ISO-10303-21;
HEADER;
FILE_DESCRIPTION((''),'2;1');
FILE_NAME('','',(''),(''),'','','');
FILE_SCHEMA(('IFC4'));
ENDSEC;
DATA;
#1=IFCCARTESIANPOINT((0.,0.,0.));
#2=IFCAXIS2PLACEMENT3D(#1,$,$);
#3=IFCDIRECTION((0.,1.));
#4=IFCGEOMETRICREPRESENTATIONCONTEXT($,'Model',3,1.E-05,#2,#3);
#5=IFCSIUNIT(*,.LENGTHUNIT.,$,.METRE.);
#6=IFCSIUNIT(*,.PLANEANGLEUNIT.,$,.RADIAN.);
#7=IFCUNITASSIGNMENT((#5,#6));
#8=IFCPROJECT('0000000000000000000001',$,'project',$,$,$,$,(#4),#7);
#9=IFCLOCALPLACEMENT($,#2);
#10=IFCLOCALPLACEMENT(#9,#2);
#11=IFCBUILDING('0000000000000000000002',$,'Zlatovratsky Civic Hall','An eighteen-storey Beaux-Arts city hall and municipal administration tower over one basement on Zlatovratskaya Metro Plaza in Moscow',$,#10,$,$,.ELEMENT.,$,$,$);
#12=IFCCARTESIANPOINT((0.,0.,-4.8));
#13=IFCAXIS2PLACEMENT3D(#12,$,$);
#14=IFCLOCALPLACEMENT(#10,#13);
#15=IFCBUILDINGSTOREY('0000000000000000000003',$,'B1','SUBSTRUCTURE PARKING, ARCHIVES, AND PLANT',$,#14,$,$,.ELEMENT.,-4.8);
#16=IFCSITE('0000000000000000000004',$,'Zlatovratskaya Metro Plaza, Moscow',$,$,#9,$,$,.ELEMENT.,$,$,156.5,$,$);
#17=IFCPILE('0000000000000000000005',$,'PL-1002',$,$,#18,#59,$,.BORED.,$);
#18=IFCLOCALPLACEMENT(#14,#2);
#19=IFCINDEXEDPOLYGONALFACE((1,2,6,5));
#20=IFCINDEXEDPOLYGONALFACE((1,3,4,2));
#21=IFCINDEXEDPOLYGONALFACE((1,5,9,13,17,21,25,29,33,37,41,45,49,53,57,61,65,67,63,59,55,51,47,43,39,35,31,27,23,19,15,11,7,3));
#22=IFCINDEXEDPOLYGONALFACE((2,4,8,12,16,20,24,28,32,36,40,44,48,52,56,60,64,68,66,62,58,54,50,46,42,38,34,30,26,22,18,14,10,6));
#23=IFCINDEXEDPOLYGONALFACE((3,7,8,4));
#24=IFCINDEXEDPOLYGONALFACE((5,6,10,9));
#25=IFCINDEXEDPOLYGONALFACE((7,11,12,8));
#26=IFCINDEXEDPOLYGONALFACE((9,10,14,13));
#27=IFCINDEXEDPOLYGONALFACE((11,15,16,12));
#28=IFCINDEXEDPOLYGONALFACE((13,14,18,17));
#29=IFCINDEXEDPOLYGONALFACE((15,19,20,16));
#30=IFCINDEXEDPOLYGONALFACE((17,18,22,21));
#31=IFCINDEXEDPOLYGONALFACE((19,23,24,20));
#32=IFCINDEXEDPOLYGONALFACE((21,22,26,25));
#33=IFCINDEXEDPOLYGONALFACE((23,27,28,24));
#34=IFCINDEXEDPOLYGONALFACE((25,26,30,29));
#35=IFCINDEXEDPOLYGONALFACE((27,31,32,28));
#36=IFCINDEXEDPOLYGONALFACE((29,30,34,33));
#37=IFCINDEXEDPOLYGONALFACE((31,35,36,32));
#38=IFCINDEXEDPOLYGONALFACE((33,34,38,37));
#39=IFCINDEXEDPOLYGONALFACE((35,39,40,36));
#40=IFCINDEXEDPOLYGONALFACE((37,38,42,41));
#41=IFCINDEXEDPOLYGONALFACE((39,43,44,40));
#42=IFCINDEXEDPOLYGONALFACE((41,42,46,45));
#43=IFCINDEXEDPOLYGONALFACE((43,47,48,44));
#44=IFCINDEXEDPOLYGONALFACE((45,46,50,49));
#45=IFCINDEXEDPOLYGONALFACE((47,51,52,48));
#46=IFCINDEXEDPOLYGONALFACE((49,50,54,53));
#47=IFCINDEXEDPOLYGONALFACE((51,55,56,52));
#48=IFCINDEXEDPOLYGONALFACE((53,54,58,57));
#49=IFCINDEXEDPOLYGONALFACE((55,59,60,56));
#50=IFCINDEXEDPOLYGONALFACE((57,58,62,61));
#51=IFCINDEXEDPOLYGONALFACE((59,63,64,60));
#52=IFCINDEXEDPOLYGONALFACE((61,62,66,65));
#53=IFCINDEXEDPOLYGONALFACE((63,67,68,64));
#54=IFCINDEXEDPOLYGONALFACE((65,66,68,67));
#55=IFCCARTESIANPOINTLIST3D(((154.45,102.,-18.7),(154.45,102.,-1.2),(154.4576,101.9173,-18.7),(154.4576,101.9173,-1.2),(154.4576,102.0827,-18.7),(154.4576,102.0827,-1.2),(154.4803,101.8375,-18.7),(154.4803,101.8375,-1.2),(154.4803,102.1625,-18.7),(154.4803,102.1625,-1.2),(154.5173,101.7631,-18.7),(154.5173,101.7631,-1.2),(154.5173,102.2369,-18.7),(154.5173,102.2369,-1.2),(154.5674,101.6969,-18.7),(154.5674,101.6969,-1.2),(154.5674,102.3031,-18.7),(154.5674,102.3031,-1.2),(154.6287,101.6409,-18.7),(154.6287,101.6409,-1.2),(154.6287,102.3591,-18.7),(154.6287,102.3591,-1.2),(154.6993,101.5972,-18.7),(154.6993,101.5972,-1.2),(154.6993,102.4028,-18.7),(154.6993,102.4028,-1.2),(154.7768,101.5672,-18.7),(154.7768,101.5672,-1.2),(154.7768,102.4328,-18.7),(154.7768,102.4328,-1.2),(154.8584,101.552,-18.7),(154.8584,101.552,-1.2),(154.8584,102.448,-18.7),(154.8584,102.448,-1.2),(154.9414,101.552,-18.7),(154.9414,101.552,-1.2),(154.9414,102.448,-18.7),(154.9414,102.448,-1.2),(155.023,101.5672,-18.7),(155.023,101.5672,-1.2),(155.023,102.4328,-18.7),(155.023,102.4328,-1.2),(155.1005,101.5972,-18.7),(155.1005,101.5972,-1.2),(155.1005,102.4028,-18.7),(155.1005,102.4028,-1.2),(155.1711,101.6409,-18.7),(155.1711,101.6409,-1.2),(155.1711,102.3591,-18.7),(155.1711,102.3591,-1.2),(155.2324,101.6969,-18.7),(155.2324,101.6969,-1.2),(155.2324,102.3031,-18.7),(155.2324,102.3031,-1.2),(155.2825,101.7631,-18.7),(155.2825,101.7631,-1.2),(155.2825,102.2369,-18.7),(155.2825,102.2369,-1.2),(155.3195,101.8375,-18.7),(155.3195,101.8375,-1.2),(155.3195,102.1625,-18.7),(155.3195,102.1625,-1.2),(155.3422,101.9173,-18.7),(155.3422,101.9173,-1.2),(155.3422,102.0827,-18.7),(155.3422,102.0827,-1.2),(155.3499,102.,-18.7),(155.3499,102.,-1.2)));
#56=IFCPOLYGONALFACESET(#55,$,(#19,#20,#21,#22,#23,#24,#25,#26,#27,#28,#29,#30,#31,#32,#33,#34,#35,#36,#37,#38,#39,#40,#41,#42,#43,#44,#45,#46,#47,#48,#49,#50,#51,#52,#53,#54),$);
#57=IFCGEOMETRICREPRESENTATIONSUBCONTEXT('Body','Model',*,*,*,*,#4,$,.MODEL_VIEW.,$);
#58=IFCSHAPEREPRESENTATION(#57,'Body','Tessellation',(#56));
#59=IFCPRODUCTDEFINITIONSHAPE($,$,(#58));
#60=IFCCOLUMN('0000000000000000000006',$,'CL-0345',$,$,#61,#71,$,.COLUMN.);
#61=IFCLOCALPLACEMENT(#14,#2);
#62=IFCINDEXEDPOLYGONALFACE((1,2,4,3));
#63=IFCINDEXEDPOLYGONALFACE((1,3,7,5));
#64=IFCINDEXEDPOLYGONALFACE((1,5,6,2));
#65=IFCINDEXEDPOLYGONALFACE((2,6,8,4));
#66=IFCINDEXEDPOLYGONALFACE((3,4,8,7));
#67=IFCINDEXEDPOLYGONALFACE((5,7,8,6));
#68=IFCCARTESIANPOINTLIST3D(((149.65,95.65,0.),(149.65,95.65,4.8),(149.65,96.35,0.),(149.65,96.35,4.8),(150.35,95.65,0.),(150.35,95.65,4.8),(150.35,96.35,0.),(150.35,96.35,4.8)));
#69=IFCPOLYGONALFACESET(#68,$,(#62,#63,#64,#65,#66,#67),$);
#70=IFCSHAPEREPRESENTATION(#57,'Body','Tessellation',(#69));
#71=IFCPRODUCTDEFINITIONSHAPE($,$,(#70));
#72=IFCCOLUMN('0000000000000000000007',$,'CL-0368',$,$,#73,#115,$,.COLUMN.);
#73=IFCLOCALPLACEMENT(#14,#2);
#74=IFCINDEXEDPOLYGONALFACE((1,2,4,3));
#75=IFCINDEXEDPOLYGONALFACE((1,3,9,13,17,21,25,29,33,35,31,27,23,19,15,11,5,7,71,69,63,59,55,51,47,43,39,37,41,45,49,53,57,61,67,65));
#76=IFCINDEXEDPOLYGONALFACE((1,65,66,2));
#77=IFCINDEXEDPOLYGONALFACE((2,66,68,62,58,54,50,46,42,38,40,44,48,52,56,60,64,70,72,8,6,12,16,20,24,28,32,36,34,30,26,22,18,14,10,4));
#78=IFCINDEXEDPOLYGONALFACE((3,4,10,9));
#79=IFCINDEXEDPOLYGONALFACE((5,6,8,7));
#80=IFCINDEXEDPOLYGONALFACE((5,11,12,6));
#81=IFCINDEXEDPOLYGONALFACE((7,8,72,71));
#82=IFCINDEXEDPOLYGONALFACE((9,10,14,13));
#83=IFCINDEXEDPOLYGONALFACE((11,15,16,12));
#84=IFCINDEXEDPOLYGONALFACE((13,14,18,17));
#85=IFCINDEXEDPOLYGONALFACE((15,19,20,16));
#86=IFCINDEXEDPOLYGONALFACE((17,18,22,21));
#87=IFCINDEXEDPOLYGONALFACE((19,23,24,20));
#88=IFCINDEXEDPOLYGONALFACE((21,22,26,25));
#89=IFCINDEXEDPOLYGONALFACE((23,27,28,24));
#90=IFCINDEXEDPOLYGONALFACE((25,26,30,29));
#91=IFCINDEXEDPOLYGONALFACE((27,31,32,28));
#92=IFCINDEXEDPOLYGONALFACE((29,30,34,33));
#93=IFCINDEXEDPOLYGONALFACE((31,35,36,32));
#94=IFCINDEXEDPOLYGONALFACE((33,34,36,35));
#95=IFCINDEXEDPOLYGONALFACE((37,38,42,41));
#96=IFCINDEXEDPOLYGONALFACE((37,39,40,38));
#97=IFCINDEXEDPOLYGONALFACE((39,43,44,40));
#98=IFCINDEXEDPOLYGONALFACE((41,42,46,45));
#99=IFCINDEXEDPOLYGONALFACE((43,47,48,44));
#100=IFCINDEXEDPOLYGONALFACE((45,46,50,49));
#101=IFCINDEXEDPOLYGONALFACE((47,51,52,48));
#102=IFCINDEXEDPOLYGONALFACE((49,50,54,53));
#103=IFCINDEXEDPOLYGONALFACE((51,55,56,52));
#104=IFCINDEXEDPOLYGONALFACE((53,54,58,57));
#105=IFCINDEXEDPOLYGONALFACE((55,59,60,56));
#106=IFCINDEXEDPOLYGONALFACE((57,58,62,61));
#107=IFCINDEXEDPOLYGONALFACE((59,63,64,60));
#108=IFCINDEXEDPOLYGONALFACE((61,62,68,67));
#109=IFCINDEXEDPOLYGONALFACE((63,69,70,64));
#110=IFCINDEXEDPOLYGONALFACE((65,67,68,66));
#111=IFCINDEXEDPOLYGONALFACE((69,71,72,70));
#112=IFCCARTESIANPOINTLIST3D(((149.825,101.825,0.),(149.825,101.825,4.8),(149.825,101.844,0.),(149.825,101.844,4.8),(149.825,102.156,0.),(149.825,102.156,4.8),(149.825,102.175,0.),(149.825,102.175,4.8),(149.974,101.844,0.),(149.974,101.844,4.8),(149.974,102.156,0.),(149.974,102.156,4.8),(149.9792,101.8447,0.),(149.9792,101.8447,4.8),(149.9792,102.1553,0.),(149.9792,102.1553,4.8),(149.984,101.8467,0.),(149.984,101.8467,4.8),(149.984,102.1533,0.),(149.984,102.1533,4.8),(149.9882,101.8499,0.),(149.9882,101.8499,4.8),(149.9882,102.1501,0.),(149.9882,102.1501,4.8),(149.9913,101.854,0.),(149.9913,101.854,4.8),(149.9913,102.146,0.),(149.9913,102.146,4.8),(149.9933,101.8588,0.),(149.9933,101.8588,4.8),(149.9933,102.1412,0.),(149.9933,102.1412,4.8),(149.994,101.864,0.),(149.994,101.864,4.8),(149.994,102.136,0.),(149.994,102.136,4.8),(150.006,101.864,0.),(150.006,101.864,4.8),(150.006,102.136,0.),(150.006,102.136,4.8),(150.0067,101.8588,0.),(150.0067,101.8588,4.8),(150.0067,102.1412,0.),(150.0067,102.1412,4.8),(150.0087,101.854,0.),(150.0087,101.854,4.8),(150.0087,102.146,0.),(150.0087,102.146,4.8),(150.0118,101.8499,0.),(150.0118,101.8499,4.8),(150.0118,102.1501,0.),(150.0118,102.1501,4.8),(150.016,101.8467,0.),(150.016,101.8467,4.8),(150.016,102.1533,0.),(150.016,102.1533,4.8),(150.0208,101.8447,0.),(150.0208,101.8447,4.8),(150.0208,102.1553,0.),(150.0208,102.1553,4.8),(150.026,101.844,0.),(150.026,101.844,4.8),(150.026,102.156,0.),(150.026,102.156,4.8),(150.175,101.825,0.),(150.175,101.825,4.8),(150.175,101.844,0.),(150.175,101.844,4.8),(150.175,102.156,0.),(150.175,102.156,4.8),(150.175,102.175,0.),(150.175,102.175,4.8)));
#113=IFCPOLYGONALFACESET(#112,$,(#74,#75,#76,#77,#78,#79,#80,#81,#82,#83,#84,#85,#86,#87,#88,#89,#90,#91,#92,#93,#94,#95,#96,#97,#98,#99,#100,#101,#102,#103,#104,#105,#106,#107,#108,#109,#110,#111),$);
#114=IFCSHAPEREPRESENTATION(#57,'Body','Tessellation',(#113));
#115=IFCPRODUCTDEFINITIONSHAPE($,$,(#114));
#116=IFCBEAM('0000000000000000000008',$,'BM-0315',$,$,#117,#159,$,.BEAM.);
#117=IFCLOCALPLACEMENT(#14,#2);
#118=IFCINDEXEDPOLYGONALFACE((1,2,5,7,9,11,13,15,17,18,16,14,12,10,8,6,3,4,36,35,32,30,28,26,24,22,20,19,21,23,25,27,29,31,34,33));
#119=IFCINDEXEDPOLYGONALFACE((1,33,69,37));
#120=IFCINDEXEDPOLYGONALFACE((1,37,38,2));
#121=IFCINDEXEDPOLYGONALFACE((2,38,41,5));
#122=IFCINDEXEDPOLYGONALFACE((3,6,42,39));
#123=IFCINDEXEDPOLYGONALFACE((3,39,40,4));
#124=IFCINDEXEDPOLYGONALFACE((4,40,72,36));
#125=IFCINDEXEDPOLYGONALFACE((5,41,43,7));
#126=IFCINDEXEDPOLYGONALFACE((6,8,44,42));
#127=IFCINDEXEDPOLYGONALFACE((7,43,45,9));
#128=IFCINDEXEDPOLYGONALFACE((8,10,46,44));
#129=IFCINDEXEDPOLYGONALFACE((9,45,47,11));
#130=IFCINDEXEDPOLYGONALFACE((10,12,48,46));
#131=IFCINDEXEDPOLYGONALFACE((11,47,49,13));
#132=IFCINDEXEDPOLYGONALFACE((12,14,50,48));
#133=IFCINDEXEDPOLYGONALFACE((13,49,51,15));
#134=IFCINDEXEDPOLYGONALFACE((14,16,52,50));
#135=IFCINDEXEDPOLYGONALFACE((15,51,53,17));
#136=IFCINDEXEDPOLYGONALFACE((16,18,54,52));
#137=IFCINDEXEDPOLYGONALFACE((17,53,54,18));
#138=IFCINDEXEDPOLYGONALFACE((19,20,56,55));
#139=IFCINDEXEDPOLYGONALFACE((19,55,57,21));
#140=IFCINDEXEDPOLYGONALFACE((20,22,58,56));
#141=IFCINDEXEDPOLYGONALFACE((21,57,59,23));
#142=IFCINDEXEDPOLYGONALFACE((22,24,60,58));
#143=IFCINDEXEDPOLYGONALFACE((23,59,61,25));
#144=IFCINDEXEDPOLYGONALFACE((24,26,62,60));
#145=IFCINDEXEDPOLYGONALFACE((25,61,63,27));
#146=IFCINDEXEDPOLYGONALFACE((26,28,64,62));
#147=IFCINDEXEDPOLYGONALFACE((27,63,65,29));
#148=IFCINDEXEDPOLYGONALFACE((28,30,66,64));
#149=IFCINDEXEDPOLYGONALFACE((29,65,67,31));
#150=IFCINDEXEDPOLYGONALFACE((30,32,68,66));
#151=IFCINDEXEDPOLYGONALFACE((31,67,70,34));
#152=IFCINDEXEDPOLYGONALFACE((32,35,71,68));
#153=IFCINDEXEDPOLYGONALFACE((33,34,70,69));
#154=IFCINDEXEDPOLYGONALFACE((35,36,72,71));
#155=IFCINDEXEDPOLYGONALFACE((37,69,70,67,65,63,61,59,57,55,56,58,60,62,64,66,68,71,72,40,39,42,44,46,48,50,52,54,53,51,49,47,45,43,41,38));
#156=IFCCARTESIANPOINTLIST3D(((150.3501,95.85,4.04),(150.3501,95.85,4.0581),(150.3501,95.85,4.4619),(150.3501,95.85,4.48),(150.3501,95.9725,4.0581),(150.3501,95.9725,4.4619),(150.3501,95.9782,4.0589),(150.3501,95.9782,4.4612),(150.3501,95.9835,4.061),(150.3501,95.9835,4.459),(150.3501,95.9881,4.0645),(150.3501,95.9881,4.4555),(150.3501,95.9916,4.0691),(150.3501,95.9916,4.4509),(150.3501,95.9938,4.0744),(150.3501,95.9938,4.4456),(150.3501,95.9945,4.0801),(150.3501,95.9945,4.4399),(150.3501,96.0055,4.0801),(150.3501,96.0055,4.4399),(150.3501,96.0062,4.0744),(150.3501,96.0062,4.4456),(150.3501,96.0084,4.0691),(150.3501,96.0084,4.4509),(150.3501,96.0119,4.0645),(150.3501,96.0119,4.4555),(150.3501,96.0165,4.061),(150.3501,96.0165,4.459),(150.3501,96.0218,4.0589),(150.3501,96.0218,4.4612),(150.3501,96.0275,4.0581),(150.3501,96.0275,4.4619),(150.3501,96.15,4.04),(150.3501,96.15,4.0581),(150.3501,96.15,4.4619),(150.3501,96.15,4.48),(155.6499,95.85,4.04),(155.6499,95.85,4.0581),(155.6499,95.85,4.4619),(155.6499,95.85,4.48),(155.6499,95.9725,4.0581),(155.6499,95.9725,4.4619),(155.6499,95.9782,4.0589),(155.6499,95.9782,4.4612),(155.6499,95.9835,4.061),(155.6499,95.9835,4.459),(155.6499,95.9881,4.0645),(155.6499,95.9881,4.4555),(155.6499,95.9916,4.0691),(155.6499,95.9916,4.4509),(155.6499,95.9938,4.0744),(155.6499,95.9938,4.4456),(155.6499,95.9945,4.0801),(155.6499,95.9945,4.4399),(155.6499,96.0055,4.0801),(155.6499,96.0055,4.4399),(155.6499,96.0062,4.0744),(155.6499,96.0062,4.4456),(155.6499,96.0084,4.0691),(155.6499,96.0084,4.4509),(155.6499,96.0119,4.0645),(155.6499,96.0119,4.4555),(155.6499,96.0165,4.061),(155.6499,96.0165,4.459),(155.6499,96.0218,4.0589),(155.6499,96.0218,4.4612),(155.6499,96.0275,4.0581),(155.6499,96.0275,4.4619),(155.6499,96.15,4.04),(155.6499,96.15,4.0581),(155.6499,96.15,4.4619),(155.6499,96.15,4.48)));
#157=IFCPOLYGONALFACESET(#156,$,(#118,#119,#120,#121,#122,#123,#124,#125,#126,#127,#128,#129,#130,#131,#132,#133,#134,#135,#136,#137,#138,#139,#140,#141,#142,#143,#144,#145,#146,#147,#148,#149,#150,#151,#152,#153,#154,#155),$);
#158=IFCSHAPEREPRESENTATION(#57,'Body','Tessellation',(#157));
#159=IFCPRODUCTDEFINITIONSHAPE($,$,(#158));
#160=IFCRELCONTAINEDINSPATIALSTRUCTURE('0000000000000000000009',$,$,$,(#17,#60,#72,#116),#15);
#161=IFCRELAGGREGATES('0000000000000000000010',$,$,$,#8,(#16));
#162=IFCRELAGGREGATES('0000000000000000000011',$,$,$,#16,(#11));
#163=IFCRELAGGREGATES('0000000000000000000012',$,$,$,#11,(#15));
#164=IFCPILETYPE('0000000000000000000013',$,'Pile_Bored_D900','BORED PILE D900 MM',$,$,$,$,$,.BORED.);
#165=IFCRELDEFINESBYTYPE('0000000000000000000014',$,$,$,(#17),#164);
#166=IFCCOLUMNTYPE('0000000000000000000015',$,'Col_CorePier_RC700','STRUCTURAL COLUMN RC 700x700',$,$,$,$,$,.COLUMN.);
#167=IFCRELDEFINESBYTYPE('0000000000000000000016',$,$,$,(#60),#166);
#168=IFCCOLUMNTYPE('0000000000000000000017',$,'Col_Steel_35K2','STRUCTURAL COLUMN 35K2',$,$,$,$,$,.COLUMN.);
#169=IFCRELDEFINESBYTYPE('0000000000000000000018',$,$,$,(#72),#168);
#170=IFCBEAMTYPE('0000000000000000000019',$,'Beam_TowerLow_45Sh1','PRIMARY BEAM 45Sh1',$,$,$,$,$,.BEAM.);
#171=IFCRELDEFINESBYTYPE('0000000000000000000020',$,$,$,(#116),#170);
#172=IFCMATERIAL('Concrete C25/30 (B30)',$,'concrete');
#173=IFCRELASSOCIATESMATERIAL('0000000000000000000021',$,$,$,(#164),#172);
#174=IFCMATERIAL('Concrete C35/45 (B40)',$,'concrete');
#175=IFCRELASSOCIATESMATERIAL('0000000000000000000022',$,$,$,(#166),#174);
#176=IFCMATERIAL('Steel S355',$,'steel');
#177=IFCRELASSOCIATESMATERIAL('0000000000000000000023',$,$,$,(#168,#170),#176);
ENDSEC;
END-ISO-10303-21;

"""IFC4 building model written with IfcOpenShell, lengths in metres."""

from ifc_helpers import new_model, si_unit, direction, frame, origin, origin_2d, place, context, subcontext, project, spatial, rectangle, circle, i_section, extrude, material, material_profile, profile_set, type_object, element, save


model = new_model("IFC4")

# Units and contexts
model_context = context("Model", 3, precision=1e-05, world=origin(), true_north=direction((0.0, 1.0)))
body_context = subcontext(model_context, "Body", "Model", "MODEL_VIEW")
ifc_project = project(units=[si_unit("LENGTHUNIT", "METRE"), si_unit("PLANEANGLEUNIT", "RADIAN")], contexts=[model_context])

# Site, building, storey
site_placement = place(None, origin())
site = spatial("IfcSite", under=ifc_project, at=site_placement, Name="Zlatovratskaya Metro Plaza, Moscow", CompositionType="ELEMENT", RefElevation=156.5)
building_placement = place(site_placement, origin())
building = spatial("IfcBuilding", under=site, at=building_placement, Name="Zlatovratsky Civic Hall", Description="An eighteen-storey Beaux-Arts city hall and municipal administration tower over one basement on Zlatovratskaya Metro Plaza in Moscow", CompositionType="ELEMENT")
storey_placement = place(building_placement, frame((0.0, 0.0, -4.8)))
storey = spatial("IfcBuildingStorey", under=building, at=storey_placement, Name="B1", Description="SUBSTRUCTURE PARKING, ARCHIVES, AND PLANT", CompositionType="ELEMENT", Elevation=-4.8)

# Shared definitions
ifc_material_1 = material(Name="Concrete C25/30 (B30)", Category="concrete")

# Pile
ifc_material_profile_1 = material_profile(ifc_material_1, circle(Radius=0.45, at=origin_2d()), Name="PILE D900")
ifc_profile_set_1 = profile_set([ifc_material_profile_1], Name="Concrete C25/30 (B30)")
pile_type_1 = type_object("IfcPileType", Name="Pile_Bored_D900", Description="BORED PILE D900 MM", PredefinedType="BORED", material=ifc_profile_set_1)
pile_placement = place(storey_placement, frame((154.8999, 102.0, -1.2), z_axis=(0.0, 0.0, -1.0), x_axis=(1.0, 0.0, 0.0)))
element("IfcPile", 1, at=pile_placement, inside=storey, type_object=pile_type_1, Name="PL-1002", PredefinedType="BORED", context=body_context, shape_type="SweptSolid", body=[
    extrude(circle(Radius=0.45, at=origin_2d()), origin(), (0.0, 0.0, 1.0), 17.5),
])

# Columns
ifc_material_2 = material(Name="Concrete C35/45 (B40)", Category="concrete")
ifc_material_profile_2 = material_profile(ifc_material_2, rectangle(XDim=0.7, YDim=0.7, at=origin_2d()), Name="RC 700x700")
ifc_profile_set_2 = profile_set([ifc_material_profile_2], Name="Concrete C35/45 (B40)")
column_type_1 = type_object("IfcColumnType", Name="Col_CorePier_RC700", Description="STRUCTURAL COLUMN RC 700x700", PredefinedType="COLUMN", material=ifc_profile_set_2)
column_1_placement = place(storey_placement, frame((150.0, 96.0, 0.0), z_axis=(0.0, 0.0, 1.0), x_axis=(1.0, 0.0, 0.0)))
element("IfcColumn", 2, at=column_1_placement, inside=storey, type_object=column_type_1, Name="CL-0345", PredefinedType="COLUMN", context=body_context, shape_type="SweptSolid", body=[
    extrude(rectangle(XDim=0.7, YDim=0.7, at=origin_2d()), origin(), (0.0, 0.0, 1.0), 4.8),
])
ifc_material_3 = material(Name="Steel S355", Category="steel")
ifc_material_profile_3 = material_profile(ifc_material_3, i_section(OverallWidth=0.3501, OverallDepth=0.3501, WebThickness=0.012, FlangeThickness=0.019, FilletRadius=0.02, at=origin_2d()), Name="35K2")
ifc_profile_set_3 = profile_set([ifc_material_profile_3], Name="Steel S355")
column_type_2 = type_object("IfcColumnType", Name="Col_Steel_35K2", Description="STRUCTURAL COLUMN 35K2", PredefinedType="COLUMN", material=ifc_profile_set_3)
column_2_placement = place(storey_placement, frame((150.0, 102.0, 0.0), z_axis=(0.0, 0.0, 1.0), x_axis=(1.0, 0.0, 0.0)))
element("IfcColumn", 3, at=column_2_placement, inside=storey, type_object=column_type_2, Name="CL-0368", PredefinedType="COLUMN", context=body_context, shape_type="SweptSolid", body=[
    extrude(i_section(OverallWidth=0.3501, OverallDepth=0.3501, WebThickness=0.012, FlangeThickness=0.019, FilletRadius=0.02, at=origin_2d()), origin(), (0.0, 0.0, 1.0), 4.8),
])

# Beam
ifc_material_profile_4 = material_profile(ifc_material_3, i_section(OverallWidth=0.3, OverallDepth=0.4399, WebThickness=0.011, FlangeThickness=0.0181, FilletRadius=0.022, at=origin_2d()), Name="45Sh1")
ifc_profile_set_4 = profile_set([ifc_material_profile_4], Name="Steel S355")
beam_type = type_object("IfcBeamType", Name="Beam_TowerLow_45Sh1", Description="PRIMARY BEAM 45Sh1", PredefinedType="BEAM", material=ifc_profile_set_4)
beam_1_placement = place(storey_placement, frame((150.3501, 96.0, 4.26), z_axis=(1.0, 0.0, 0.0), x_axis=(0.0, 1.0, 0.0)))
element("IfcBeam", 4, at=beam_1_placement, inside=storey, type_object=beam_type, Name="BM-0315", PredefinedType="BEAM", context=body_context, shape_type="SweptSolid", body=[
    extrude(i_section(OverallWidth=0.3, OverallDepth=0.4399, WebThickness=0.011, FlangeThickness=0.0181, FilletRadius=0.022, at=origin_2d()), origin(), (0.0, 0.0, 1.0), 5.2998),
])

save(model, "model.ifc")
